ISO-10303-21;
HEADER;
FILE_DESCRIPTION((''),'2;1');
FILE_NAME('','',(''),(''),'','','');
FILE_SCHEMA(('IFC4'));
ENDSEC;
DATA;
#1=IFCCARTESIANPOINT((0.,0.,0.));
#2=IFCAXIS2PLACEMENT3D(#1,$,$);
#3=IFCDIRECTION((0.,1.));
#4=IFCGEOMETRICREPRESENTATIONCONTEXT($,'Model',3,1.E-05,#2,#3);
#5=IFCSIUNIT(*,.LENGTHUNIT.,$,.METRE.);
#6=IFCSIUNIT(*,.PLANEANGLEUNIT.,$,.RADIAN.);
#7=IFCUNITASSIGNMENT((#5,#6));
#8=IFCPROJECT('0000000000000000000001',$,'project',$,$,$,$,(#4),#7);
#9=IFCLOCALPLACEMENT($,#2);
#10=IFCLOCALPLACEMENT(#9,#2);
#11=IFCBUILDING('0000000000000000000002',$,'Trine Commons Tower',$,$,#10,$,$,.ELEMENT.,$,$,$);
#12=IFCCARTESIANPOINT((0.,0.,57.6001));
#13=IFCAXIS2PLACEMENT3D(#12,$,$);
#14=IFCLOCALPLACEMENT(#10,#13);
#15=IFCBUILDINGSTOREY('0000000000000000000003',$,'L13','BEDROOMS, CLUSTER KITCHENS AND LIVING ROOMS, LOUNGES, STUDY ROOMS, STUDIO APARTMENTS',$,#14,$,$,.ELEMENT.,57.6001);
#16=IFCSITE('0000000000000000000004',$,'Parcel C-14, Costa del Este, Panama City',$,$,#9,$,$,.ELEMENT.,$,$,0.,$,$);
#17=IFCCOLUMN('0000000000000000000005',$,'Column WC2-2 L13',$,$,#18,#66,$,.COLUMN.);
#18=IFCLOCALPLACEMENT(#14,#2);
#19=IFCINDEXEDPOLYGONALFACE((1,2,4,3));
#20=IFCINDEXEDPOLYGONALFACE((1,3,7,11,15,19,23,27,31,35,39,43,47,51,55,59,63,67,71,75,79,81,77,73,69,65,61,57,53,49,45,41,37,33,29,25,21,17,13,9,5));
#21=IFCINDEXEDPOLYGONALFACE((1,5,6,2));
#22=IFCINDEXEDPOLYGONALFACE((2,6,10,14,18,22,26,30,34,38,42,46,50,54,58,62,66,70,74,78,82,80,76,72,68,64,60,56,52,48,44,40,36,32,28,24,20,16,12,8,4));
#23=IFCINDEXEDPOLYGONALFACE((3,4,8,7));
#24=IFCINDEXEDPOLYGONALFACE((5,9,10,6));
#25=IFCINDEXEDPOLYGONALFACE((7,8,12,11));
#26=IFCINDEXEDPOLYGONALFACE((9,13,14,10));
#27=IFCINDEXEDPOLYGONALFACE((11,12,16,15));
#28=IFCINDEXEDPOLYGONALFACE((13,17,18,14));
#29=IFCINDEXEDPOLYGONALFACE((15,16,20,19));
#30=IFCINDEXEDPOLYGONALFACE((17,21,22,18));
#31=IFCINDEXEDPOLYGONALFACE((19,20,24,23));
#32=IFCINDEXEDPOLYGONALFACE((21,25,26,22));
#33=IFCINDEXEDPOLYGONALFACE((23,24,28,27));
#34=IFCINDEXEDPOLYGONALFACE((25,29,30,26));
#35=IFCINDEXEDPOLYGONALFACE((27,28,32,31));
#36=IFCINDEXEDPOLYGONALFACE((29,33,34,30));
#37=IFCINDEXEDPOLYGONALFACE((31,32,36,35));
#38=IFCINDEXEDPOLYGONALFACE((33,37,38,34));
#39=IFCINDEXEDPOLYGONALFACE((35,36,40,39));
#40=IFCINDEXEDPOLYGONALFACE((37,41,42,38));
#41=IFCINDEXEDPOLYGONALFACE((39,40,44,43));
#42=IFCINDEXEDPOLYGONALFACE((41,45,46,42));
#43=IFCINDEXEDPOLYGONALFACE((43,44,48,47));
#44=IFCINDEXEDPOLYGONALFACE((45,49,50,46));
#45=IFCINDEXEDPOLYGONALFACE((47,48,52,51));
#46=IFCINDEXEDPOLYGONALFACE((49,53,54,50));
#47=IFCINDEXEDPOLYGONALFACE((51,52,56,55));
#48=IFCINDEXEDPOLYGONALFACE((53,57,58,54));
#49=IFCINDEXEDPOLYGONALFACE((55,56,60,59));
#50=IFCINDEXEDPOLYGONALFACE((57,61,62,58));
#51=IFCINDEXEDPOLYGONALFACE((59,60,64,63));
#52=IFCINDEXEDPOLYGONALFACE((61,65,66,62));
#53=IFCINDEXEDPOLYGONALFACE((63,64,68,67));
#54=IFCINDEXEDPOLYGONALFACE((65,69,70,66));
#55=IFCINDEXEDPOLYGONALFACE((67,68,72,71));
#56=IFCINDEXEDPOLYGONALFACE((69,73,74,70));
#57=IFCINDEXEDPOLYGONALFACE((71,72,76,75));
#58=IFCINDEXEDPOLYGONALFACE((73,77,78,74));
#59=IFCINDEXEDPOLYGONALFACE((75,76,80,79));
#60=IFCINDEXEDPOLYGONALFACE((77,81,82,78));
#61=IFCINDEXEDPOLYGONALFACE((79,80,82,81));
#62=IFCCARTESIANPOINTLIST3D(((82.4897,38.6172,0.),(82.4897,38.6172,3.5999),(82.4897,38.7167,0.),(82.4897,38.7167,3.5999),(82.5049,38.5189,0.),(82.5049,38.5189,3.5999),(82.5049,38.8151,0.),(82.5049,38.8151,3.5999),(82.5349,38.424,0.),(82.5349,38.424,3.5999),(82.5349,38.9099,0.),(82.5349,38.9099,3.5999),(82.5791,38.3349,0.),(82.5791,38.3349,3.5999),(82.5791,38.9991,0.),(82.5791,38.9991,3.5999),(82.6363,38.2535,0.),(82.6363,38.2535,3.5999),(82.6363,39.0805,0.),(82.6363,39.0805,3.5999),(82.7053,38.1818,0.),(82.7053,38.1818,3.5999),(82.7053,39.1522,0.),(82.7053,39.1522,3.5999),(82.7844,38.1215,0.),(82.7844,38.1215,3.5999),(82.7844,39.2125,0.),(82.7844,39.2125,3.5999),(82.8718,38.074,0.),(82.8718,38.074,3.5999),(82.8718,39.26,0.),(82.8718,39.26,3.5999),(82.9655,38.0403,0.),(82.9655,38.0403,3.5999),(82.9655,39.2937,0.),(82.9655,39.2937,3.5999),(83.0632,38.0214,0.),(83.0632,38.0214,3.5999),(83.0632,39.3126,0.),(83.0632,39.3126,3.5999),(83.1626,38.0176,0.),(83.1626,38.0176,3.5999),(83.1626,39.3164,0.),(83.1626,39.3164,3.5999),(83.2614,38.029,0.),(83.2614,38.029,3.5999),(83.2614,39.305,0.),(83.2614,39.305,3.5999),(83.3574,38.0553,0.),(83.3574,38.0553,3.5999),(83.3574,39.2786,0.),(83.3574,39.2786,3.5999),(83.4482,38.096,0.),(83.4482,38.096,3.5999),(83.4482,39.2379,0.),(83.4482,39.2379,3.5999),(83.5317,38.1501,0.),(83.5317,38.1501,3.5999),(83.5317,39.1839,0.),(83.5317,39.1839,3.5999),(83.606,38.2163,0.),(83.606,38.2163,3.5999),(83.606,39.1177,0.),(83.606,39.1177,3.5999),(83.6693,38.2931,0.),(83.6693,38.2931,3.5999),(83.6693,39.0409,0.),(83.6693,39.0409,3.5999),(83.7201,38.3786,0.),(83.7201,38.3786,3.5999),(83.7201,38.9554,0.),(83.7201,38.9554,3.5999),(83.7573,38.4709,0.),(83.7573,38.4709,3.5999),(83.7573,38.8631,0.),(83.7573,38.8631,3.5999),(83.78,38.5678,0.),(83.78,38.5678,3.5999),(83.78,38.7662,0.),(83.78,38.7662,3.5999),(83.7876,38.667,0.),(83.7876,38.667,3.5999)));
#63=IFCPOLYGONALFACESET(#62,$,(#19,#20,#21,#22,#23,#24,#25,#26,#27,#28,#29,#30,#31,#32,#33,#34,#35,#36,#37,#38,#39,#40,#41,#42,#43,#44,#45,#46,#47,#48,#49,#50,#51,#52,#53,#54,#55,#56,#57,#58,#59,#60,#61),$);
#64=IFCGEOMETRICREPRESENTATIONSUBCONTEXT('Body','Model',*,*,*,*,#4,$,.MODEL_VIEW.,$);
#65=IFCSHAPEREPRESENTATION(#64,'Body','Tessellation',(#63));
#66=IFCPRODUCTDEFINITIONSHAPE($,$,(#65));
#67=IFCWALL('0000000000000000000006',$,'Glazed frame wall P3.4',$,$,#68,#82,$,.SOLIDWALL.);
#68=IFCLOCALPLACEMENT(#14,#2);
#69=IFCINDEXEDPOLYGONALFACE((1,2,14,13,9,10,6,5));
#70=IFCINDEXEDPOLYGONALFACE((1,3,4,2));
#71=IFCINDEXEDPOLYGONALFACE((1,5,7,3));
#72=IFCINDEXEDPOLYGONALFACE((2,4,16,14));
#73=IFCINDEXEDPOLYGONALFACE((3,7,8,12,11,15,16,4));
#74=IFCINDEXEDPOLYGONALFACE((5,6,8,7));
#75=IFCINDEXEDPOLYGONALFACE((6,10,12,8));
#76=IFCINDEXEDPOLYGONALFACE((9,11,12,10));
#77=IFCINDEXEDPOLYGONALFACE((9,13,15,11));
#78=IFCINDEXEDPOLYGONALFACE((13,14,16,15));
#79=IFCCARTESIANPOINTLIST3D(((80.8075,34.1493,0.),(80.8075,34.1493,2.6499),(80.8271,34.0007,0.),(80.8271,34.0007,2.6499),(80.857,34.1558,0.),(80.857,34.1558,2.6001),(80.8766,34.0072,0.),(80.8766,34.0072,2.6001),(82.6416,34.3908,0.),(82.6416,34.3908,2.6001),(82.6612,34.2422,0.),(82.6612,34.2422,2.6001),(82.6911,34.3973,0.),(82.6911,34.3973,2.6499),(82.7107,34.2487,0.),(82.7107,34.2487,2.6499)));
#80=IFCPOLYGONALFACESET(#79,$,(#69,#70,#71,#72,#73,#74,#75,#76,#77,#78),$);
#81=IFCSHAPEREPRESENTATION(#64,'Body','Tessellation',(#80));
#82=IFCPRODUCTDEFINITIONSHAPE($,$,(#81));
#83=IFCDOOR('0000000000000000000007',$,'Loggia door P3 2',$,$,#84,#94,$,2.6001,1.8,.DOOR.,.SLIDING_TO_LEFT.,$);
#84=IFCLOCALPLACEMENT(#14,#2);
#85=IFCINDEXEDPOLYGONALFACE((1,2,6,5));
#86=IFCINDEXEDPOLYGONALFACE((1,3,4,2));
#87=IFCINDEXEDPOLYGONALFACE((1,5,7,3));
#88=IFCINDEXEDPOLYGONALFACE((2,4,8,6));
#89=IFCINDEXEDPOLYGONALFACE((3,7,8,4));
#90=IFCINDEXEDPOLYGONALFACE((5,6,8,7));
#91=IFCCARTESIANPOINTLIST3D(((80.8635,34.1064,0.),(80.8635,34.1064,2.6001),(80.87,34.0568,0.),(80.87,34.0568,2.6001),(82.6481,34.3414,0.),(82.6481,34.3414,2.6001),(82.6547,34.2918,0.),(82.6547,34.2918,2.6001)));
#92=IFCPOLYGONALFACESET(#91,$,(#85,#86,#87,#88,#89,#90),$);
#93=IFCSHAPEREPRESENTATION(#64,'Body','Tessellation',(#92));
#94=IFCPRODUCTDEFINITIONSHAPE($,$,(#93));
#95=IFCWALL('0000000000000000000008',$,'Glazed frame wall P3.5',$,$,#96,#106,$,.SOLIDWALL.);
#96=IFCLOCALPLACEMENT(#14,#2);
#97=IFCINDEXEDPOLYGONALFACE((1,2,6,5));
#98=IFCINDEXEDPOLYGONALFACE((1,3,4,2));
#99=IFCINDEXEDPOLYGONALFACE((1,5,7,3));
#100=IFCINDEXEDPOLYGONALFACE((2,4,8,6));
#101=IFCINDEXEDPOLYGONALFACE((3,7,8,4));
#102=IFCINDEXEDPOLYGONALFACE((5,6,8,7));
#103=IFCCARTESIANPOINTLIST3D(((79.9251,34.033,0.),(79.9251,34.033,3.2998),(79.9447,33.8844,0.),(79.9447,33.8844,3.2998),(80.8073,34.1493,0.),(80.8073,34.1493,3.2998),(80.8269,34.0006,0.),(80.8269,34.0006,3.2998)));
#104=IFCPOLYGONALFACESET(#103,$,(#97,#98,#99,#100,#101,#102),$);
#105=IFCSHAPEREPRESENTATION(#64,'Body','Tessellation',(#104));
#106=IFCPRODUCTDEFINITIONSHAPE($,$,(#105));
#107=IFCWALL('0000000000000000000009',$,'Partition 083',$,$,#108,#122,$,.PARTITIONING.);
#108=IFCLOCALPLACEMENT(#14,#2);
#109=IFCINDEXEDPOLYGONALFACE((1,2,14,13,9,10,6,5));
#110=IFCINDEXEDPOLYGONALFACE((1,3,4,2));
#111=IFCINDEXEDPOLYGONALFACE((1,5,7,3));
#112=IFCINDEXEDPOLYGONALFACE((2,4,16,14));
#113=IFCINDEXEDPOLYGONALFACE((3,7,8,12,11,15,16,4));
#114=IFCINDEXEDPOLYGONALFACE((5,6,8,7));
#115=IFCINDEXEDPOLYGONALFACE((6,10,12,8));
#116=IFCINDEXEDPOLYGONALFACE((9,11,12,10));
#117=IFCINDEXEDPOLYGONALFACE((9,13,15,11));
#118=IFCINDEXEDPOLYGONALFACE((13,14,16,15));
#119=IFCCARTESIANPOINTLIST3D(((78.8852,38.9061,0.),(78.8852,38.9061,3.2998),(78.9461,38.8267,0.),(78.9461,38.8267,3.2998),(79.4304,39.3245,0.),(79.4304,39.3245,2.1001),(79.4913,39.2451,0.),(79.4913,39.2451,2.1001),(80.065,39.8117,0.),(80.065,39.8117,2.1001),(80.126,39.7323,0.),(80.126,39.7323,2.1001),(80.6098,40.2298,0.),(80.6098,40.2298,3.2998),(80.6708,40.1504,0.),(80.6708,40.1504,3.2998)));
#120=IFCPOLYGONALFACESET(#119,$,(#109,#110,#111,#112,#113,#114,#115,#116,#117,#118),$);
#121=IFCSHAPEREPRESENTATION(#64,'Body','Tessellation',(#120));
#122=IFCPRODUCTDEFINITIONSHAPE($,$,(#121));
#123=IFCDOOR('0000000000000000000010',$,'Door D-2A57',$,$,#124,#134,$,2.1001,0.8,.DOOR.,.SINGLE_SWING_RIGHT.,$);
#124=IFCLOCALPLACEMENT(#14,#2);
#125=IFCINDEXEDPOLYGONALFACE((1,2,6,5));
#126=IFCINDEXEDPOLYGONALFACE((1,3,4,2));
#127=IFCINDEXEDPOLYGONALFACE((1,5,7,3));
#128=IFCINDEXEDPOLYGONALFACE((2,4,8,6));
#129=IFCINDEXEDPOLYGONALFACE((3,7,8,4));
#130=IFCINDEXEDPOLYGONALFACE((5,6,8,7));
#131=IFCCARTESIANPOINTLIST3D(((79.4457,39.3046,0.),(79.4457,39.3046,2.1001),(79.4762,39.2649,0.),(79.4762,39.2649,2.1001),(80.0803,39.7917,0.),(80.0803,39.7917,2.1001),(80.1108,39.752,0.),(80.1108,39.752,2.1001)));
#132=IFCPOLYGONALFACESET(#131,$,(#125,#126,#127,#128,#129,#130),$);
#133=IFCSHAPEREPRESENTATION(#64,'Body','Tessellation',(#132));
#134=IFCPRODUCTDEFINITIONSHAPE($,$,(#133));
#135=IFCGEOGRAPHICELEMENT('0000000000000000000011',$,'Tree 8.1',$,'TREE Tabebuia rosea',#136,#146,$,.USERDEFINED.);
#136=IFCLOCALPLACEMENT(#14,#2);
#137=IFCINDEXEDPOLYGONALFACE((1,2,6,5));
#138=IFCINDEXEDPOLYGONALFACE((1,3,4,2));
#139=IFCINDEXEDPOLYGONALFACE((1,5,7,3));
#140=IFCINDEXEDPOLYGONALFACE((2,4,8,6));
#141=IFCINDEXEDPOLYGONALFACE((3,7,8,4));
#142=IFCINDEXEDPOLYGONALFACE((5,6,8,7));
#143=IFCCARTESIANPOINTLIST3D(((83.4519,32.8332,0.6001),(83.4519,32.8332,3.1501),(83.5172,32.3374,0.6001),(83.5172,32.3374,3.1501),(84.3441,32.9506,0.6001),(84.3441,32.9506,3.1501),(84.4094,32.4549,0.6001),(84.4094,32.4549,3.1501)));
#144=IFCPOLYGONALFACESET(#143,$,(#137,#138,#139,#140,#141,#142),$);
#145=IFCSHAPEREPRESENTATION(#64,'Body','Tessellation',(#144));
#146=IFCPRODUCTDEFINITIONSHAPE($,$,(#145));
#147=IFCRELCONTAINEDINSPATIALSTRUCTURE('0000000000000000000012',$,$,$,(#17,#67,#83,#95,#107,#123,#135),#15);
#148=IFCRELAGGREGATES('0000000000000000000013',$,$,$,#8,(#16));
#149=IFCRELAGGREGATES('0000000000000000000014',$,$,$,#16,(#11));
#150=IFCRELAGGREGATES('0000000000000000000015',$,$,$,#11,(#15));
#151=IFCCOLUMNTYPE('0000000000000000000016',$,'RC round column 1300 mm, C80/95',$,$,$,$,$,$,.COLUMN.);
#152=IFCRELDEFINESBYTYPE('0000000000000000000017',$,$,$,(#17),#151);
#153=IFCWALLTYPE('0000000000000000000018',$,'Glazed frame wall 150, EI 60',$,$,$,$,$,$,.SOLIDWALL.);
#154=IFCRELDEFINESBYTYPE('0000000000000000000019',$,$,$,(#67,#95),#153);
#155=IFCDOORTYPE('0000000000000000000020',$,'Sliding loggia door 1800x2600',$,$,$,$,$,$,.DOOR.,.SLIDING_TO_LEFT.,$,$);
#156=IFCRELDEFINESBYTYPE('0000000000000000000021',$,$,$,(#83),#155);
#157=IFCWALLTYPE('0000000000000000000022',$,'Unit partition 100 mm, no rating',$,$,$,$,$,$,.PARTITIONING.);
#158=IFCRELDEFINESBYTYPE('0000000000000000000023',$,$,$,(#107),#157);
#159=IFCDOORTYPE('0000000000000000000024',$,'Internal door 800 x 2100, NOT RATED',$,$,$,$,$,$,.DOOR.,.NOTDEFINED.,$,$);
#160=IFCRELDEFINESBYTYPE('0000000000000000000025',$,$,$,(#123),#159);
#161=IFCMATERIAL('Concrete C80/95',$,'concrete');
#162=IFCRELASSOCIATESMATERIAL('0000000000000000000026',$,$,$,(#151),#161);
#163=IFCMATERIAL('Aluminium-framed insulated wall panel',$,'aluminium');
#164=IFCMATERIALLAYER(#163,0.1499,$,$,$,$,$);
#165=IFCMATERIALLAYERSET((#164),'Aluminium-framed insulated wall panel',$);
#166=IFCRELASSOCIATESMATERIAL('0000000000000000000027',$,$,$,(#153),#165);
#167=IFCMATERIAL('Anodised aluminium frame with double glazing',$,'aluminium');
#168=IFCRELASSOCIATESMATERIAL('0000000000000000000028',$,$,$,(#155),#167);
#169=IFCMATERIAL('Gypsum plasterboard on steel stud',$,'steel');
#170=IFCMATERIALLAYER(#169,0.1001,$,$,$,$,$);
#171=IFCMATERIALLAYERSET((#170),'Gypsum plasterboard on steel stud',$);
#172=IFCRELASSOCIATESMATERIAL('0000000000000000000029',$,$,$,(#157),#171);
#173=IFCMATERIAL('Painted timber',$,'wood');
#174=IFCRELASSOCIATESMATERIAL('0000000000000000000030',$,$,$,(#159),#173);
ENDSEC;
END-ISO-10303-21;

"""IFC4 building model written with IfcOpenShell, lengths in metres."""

from ifc_helpers import new_model, si_unit, direction, frame, frame_2d, origin, origin_2d, place, context, subcontext, project, spatial, polyline, rectangle, circle, outline, extrude, material, layer, layer_set, material_profile, profile_set, type_object, element, fill, save


model = new_model("IFC4")

# Units and contexts
model_context = context("Model", 3, precision=1e-05, world=origin(), true_north=direction((0.0, 1.0)))
body_context = subcontext(model_context, "Body", "Model", "MODEL_VIEW")
ifc_project = project(units=[si_unit("LENGTHUNIT", "METRE"), si_unit("PLANEANGLEUNIT", "RADIAN")], contexts=[model_context])

# Site, building, storey
site_placement = place(None, origin())
site = spatial("IfcSite", under=ifc_project, at=site_placement, Name="Parcel C-14, Costa del Este, Panama City", CompositionType="ELEMENT", RefElevation=0.0)
building_placement = place(site_placement, origin())
building = spatial("IfcBuilding", under=site, at=building_placement, Name="Trine Commons Tower", CompositionType="ELEMENT")
storey_placement = place(building_placement, frame((0.0, 0.0, 57.6001)))
storey = spatial("IfcBuildingStorey", under=building, at=storey_placement, Name="L13", Description="BEDROOMS, CLUSTER KITCHENS AND LIVING ROOMS, LOUNGES, STUDY ROOMS, STUDIO APARTMENTS", CompositionType="ELEMENT", Elevation=57.6001)

# Column
ifc_material_1 = material(Name="Concrete C80/95", Category="concrete")
ifc_material_profile = material_profile(ifc_material_1, circle(Radius=0.6499, at=origin_2d()), Name="RC round 1300")
ifc_profile_set = profile_set([ifc_material_profile], Name="Concrete C80/95")
column_type = type_object("IfcColumnType", Name="RC round column 1300 mm, C80/95", PredefinedType="COLUMN", material=ifc_profile_set)
column_placement = place(storey_placement, frame((83.1377, 38.667, 0.0), z_axis=(0.0, 0.0, 1.0), x_axis=(1.0, 0.0, 0.0)))
element("IfcColumn", 1, at=column_placement, inside=storey, type_object=column_type, Name="Column WC2-2 L13", PredefinedType="COLUMN", context=body_context, shape_type="SweptSolid", body=[
    extrude(circle(Radius=0.6499, at=origin_2d()), origin(), (0.0, 0.0, 1.0), 3.5999),
])

# Wall, opening, door
ifc_material_2 = material(Name="Aluminium-framed insulated wall panel", Category="aluminium")
ifc_layer_1 = layer(ifc_material_2, 0.1499)
ifc_layer_set_1 = layer_set([ifc_layer_1], Name="Aluminium-framed insulated wall panel")
wall_type_1 = type_object("IfcWallType", Name="Glazed frame wall 150, EI 60", PredefinedType="SOLIDWALL", material=ifc_layer_set_1)
wall_1_placement = place(storey_placement, frame((82.7009, 34.323, 0.0), z_axis=(0.0, 0.0, 1.0), x_axis=(-0.991442, -0.130548, 0.0)))
wall_1 = element("IfcWall", 2, at=wall_1_placement, inside=storey, type_object=wall_type_1, Name="Glazed frame wall P3.4", PredefinedType="SOLIDWALL", context=body_context, shape_type="SweptSolid", body=[
    extrude(outline(polyline([(0.0, -0.075), (1.8999, -0.075), (1.8999, 0.075), (0.0, 0.075), (0.0, -0.075)])), origin(), (0.0, 0.0, 1.0), 2.6499),
])
opening_1_placement = place(wall_1_placement, frame((0.05, 0.0, 0.0)))
opening_1 = element("IfcOpeningElement", 3, at=opening_1_placement, cuts=wall_1, PredefinedType="OPENING", context=body_context, shape_type="SweptSolid", body=[
    extrude(rectangle(XDim=1.8, YDim=2.6001, at=frame_2d((0.8999, 1.3))), frame((0.0, 0.085, 0.0), z_axis=(0.0, -1.0, 0.0), x_axis=(1.0, 0.0, 0.0)), (0.0, 0.0, 1.0), 0.1699),
])
ifc_material_3 = material(Name="Anodised aluminium frame with double glazing", Category="aluminium")
door_type_1 = type_object("IfcDoorType", Name="Sliding loggia door 1800x2600", OperationType="SLIDING_TO_LEFT", PredefinedType="DOOR", material=ifc_material_3)
door_1_placement = place(opening_1_placement, origin())
door_1 = element("IfcDoor", 4, at=door_1_placement, inside=storey, type_object=door_type_1, Name="Loggia door P3 2", OperationType="SLIDING_TO_LEFT", OverallHeight=2.6001, OverallWidth=1.8, PredefinedType="DOOR", context=body_context, shape_type="SweptSolid", body=[
    extrude(rectangle(XDim=1.8, YDim=2.6001, at=frame_2d((0.8999, 1.3))), frame((0.0, 0.0249, 0.0), z_axis=(0.0, -1.0, 0.0), x_axis=(1.0, 0.0, 0.0)), (0.0, 0.0, 1.0), 0.05),
])
fill(opening_1, door_1)

# Wall
wall_2_placement = place(storey_placement, frame((80.8171, 34.075, 0.0), z_axis=(0.0, 0.0, 1.0), x_axis=(-0.991434, -0.130612, 0.0)))
element("IfcWall", 5, at=wall_2_placement, inside=storey, type_object=wall_type_1, Name="Glazed frame wall P3.5", PredefinedType="SOLIDWALL", context=body_context, shape_type="SweptSolid", body=[
    extrude(outline(polyline([(0.8899, 0.075), (0.0, 0.075), (0.0, -0.075), (0.8899, -0.075), (0.8899, 0.075)])), origin(), (0.0, 0.0, 1.0), 3.2998),
])

# Wall, opening, door
ifc_material_4 = material(Name="Gypsum plasterboard on steel stud", Category="steel")
ifc_layer_2 = layer(ifc_material_4, 0.1001)
ifc_layer_set_2 = layer_set([ifc_layer_2], Name="Gypsum plasterboard on steel stud")
wall_type_2 = type_object("IfcWallType", Name="Unit partition 100 mm, no rating", PredefinedType="PARTITIONING", material=ifc_layer_set_2)
wall_3_placement = place(storey_placement, frame((78.9158, 38.8665, 0.0), z_axis=(0.0, 0.0, 1.0), x_axis=(0.793266, 0.608875, 0.0)))
wall_3 = element("IfcWall", 6, at=wall_3_placement, inside=storey, type_object=wall_type_2, Name="Partition 083", PredefinedType="PARTITIONING", context=body_context, shape_type="SweptSolid", body=[
    extrude(rectangle(XDim=2.1741, YDim=0.1001, at=frame_2d((1.0869, 0.0))), origin(), (0.0, 0.0, 1.0), 3.2998),
])
opening_2_placement = place(wall_3_placement, frame((0.6873, 0.0, 0.0)))
opening_2 = element("IfcOpeningElement", 7, at=opening_2_placement, cuts=wall_3, PredefinedType="OPENING", context=body_context, shape_type="SweptSolid", body=[
    extrude(rectangle(XDim=0.8, YDim=2.1001, at=frame_2d((0.3999, 1.05))), frame((0.0, 0.0601, 0.0), z_axis=(0.0, -1.0, 0.0), x_axis=(1.0, 0.0, 0.0)), (0.0, 0.0, 1.0), 0.1201),
])
ifc_material_5 = material(Name="Painted timber", Category="wood")
door_type_2 = type_object("IfcDoorType", Name="Internal door 800 x 2100, NOT RATED", OperationType="NOTDEFINED", PredefinedType="DOOR", material=ifc_material_5)
door_2_placement = place(opening_2_placement, origin())
door_2 = element("IfcDoor", 8, at=door_2_placement, inside=storey, type_object=door_type_2, Name="Door D-2A57", OperationType="SINGLE_SWING_RIGHT", OverallHeight=2.1001, OverallWidth=0.8, PredefinedType="DOOR", context=body_context, shape_type="SweptSolid", body=[
    extrude(rectangle(XDim=0.8, YDim=2.1001, at=frame_2d((0.3999, 1.05))), frame((0.0, 0.0249, 0.0), z_axis=(0.0, -1.0, 0.0), x_axis=(1.0, 0.0, 0.0)), (0.0, 0.0, 1.0), 0.05),
])
fill(opening_2, door_2)

# Geographic element
geographic_element_placement = place(storey_placement, frame((83.9307, 32.644, 0.6001), z_axis=(0.0, 0.0, 1.0), x_axis=(-0.991443, -0.130543, 0.0)))
element("IfcGeographicElement", 9, at=geographic_element_placement, inside=storey, Name="Tree 8.1", ObjectType="TREE Tabebuia rosea", PredefinedType="USERDEFINED", context=body_context, shape_type="SweptSolid", body=[
    extrude(rectangle(XDim=0.8999, YDim=0.5, at=origin_2d()), origin(), (0.0, 0.0, 1.0), 2.55),
])

save(model, "model.ifc")
